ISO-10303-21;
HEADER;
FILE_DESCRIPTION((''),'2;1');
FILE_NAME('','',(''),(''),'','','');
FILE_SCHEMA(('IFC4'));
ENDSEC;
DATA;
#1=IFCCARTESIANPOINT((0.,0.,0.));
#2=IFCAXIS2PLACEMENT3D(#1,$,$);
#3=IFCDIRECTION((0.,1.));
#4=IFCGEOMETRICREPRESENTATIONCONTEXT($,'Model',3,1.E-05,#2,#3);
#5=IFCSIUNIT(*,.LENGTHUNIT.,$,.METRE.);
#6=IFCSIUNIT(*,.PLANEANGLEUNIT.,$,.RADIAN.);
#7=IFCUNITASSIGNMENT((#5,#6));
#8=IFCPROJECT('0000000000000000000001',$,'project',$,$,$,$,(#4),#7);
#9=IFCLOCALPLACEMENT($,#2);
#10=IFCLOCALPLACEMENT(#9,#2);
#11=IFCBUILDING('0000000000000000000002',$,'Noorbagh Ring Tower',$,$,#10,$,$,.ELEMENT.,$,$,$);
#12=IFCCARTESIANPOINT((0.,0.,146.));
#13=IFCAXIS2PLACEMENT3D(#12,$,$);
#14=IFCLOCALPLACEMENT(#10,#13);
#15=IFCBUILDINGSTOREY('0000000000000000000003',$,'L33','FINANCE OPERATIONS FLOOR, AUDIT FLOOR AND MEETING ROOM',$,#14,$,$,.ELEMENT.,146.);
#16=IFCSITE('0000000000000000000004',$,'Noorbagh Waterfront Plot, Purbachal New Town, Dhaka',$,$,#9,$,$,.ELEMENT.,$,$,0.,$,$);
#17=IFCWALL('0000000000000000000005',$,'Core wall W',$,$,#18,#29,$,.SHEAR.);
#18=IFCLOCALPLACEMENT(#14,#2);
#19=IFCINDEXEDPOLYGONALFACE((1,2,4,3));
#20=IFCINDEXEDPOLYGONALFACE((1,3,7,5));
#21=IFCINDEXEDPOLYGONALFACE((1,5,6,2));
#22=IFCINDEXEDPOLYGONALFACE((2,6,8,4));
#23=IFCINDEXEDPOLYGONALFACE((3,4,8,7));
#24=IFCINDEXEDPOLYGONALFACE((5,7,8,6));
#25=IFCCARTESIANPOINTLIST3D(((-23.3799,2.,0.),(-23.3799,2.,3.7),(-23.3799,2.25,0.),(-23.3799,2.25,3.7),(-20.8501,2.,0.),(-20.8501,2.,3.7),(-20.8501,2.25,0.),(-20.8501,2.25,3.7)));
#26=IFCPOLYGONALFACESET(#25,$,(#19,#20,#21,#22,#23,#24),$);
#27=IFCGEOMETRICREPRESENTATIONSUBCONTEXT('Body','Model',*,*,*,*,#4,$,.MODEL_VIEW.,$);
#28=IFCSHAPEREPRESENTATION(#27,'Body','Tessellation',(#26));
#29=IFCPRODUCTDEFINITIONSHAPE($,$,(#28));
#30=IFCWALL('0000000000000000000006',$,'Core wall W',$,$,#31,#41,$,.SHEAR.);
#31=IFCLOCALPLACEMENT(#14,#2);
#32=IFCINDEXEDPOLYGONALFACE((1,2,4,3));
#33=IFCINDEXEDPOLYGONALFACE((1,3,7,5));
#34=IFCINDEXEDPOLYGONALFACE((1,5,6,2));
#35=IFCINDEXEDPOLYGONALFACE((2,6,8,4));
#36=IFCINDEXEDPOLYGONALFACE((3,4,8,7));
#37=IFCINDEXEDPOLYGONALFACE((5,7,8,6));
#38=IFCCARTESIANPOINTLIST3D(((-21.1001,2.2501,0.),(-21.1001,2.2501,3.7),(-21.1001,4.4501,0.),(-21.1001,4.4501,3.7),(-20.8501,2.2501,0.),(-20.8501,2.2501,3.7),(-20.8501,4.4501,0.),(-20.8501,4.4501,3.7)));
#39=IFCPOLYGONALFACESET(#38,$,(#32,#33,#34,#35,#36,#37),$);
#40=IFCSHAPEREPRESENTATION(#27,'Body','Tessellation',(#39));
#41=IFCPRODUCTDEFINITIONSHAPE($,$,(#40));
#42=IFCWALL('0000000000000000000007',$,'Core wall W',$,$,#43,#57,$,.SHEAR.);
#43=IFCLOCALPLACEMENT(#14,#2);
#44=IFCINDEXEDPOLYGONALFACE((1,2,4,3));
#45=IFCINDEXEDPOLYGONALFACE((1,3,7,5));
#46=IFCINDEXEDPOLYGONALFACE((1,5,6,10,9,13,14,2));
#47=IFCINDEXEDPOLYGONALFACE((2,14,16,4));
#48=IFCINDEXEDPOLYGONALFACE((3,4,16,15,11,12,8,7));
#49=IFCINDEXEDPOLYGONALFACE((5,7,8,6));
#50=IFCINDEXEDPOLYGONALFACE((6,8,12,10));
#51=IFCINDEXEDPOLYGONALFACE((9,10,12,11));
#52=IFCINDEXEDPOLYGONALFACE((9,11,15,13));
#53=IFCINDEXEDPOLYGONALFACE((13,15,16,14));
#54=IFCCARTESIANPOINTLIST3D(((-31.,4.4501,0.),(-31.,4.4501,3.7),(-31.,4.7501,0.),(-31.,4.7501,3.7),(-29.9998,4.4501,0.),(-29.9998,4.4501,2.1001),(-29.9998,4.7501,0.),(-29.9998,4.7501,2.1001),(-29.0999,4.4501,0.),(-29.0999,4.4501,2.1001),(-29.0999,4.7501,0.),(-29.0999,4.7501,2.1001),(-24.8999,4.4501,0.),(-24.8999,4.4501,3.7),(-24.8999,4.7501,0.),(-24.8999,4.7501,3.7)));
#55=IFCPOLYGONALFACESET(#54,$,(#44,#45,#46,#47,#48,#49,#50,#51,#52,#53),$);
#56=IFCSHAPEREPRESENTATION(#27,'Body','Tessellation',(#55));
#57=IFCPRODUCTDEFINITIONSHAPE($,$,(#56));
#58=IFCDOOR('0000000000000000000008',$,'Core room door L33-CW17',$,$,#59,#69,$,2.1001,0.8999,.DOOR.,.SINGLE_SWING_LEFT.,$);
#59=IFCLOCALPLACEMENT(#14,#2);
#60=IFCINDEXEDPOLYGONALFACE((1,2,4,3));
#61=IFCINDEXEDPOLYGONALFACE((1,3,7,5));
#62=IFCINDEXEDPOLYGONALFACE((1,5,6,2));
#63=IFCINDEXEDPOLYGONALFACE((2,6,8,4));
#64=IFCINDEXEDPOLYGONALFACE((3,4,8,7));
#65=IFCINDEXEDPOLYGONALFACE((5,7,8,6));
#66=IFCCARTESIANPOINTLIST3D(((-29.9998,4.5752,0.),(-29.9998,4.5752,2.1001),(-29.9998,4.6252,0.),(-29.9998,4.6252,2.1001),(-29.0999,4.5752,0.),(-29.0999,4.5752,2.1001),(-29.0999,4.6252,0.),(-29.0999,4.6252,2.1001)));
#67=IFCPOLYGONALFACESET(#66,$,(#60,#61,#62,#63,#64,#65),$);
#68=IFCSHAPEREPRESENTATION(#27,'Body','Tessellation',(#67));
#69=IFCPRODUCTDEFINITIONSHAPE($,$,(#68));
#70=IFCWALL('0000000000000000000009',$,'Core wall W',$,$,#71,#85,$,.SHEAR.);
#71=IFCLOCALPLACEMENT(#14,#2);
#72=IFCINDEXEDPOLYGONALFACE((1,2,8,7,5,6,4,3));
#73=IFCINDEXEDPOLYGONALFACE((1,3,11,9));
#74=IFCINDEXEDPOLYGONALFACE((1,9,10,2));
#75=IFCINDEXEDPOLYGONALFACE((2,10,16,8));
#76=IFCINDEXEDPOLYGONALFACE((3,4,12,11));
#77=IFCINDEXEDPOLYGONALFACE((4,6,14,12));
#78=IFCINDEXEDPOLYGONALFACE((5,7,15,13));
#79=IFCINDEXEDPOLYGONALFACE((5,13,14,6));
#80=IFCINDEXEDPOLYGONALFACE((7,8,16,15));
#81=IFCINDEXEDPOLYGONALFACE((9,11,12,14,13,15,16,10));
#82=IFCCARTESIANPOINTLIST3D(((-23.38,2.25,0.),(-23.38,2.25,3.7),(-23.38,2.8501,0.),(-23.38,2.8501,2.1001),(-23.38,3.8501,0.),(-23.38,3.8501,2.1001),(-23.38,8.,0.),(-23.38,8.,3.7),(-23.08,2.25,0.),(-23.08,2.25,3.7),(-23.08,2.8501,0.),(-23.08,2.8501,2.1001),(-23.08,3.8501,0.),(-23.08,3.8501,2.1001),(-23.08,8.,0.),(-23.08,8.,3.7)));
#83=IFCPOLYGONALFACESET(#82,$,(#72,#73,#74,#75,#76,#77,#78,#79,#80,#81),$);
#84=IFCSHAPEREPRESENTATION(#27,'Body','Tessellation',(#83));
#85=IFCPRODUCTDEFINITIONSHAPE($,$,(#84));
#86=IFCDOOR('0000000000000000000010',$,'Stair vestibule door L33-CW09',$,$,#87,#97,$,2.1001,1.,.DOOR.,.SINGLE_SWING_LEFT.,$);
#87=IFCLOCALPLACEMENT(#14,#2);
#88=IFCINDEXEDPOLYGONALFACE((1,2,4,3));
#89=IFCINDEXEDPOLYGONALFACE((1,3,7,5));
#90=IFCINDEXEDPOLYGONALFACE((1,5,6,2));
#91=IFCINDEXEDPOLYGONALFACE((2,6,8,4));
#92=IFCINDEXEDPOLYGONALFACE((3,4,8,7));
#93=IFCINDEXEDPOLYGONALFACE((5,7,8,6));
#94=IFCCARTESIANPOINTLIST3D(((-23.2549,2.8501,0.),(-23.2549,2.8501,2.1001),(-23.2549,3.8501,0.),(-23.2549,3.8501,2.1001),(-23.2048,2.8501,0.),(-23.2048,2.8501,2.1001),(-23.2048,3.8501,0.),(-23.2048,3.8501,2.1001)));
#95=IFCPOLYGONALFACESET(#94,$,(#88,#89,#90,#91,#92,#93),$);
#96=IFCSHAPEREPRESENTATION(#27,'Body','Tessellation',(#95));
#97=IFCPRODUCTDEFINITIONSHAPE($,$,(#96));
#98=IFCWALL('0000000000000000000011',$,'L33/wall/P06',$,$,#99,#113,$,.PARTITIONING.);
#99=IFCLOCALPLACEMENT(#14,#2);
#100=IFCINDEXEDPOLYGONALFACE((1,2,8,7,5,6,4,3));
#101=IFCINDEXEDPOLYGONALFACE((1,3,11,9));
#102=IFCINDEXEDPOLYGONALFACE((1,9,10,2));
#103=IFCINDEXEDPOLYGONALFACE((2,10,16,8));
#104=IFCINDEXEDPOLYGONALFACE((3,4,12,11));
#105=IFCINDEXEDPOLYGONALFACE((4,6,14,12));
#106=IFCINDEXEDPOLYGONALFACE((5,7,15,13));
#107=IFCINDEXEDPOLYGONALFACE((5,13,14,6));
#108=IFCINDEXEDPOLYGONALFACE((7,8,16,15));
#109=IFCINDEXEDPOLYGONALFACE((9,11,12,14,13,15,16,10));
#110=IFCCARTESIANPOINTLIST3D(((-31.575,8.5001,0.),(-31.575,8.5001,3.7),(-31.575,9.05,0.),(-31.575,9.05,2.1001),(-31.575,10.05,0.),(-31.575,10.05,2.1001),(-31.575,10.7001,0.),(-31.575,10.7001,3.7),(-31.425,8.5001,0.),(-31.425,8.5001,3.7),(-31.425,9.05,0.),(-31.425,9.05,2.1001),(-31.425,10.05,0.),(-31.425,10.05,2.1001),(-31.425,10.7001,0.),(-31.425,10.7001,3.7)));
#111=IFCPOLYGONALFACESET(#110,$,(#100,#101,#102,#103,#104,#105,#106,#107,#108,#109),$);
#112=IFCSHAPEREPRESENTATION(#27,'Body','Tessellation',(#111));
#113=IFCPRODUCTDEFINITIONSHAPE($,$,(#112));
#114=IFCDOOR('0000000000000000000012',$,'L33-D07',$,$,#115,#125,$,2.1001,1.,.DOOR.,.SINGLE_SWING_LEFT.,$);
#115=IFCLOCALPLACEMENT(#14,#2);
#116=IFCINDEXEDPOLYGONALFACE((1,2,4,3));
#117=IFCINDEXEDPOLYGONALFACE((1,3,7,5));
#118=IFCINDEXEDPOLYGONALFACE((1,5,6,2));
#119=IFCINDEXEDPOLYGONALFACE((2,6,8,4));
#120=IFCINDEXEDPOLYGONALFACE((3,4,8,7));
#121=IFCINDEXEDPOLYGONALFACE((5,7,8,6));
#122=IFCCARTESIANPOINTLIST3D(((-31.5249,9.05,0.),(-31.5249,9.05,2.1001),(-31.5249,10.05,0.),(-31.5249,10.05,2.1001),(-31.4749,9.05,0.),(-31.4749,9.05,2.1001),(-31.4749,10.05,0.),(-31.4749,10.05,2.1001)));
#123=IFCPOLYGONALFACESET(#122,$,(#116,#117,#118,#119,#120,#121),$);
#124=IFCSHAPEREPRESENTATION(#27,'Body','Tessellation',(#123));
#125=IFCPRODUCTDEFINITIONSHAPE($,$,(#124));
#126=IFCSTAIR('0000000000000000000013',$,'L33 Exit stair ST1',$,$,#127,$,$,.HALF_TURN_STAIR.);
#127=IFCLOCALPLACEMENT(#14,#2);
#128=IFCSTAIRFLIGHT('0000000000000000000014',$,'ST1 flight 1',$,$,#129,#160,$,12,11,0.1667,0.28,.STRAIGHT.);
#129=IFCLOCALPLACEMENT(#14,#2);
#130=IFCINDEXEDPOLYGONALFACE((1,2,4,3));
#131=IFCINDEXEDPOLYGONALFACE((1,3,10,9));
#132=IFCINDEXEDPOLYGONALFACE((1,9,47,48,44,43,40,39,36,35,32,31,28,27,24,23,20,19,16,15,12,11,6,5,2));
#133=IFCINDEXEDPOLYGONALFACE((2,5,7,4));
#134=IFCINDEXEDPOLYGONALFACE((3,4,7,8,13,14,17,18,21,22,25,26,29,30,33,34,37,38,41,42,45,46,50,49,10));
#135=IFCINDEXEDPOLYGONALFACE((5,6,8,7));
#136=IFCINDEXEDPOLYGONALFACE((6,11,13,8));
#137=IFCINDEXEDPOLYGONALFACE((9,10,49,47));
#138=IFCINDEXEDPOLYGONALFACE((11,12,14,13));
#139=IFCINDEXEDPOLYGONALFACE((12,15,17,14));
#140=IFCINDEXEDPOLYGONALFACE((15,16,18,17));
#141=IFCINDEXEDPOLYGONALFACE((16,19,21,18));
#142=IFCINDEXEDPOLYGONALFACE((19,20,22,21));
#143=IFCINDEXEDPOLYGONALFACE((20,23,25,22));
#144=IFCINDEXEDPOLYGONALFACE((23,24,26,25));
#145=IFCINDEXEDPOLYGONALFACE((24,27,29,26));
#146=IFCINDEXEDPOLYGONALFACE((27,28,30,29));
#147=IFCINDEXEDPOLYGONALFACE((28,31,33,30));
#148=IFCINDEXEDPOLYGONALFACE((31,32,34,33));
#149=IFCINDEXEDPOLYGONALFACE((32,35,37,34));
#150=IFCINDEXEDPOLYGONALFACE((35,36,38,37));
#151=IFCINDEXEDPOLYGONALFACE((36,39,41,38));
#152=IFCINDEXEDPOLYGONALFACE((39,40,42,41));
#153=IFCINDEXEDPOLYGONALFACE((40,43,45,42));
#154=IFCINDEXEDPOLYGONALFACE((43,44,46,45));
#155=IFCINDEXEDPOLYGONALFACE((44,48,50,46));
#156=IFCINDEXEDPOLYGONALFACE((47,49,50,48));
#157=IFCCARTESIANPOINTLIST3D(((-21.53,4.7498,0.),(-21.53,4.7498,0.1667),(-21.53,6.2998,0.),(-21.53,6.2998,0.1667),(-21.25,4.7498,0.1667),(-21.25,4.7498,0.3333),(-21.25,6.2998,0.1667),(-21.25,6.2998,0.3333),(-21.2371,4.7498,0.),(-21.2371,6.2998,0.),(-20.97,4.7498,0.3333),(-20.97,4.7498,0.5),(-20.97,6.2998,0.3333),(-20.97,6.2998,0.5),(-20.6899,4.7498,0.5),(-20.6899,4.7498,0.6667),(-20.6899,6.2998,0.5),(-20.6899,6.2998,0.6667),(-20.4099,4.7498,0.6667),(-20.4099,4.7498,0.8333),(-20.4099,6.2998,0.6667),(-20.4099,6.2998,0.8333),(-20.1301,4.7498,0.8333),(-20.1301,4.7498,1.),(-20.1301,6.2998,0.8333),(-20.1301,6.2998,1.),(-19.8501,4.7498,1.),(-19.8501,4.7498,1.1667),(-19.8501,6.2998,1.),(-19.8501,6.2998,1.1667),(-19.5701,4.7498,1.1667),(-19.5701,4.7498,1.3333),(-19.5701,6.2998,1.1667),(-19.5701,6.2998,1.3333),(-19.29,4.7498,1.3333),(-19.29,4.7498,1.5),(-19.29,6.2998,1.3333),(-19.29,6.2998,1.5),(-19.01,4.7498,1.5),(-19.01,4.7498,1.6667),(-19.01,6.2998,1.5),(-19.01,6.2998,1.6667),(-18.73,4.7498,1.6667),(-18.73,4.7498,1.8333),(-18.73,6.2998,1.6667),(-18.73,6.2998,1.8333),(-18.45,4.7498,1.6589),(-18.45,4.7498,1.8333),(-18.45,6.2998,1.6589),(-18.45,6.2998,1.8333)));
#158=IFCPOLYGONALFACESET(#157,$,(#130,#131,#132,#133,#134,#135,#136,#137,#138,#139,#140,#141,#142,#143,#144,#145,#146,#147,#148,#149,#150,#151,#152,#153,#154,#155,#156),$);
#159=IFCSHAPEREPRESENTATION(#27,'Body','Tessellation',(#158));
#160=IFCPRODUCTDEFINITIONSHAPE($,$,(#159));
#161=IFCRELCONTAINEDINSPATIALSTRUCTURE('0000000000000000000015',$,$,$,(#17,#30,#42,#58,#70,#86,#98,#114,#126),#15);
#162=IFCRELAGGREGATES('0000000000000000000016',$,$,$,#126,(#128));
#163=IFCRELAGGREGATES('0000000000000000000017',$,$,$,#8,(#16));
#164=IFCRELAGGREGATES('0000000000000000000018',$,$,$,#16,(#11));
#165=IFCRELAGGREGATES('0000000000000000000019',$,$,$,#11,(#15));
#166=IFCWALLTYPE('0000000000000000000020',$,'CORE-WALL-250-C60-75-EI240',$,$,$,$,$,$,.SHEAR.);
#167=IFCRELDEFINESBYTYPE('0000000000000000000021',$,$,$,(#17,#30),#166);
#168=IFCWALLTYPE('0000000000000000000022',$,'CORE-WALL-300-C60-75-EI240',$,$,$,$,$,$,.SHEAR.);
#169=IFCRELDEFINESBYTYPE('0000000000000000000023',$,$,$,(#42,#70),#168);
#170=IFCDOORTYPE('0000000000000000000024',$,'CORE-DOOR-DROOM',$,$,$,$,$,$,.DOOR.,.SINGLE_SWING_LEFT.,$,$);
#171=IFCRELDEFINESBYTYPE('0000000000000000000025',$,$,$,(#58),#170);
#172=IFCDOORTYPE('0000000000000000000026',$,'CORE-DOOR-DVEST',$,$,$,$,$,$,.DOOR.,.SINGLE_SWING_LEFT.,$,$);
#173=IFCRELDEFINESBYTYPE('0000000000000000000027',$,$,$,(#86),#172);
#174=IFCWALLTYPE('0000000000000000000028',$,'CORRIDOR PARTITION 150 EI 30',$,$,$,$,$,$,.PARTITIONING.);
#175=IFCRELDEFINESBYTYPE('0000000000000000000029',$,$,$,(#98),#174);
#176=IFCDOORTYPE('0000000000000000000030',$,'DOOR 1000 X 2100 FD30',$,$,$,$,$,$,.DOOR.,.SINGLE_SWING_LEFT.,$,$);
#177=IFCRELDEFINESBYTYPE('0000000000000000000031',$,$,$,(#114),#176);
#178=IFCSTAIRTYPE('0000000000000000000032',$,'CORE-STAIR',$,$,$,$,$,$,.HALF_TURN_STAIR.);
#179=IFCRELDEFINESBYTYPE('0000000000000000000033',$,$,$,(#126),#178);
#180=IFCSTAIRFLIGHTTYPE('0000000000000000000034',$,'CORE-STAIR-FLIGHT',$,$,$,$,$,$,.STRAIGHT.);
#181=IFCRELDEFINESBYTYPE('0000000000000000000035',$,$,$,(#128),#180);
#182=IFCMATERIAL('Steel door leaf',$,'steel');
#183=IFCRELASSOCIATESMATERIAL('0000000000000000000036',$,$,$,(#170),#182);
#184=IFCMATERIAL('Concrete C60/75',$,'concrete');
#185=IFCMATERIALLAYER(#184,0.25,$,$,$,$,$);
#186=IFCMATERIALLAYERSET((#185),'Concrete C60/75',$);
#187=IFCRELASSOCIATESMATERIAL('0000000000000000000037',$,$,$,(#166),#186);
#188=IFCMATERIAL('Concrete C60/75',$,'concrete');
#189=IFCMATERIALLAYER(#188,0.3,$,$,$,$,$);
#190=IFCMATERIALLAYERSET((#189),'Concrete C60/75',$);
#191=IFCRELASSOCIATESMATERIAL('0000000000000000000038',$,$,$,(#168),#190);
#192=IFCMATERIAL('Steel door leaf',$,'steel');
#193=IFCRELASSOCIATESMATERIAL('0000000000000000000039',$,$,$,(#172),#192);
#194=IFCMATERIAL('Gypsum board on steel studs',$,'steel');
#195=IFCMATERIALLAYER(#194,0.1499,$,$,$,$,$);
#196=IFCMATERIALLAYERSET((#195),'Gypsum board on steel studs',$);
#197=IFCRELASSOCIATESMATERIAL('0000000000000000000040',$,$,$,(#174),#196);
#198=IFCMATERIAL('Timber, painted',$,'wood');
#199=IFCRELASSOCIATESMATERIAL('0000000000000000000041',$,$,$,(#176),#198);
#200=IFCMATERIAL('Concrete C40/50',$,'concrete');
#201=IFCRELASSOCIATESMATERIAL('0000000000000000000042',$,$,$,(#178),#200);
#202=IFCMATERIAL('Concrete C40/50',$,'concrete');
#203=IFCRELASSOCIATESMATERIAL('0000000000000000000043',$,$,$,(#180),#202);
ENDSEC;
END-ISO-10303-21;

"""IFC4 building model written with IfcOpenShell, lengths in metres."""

from ifc_helpers import new_model, si_unit, direction, frame, frame_2d, origin, place, context, subcontext, project, spatial, polyline, rectangle, outline, extrude, material, layer, layer_set, type_object, element, fill, aggregate, save


model = new_model("IFC4")

# Units and contexts
model_context = context("Model", 3, precision=1e-05, world=origin(), true_north=direction((0.0, 1.0)))
body_context = subcontext(model_context, "Body", "Model", "MODEL_VIEW")
ifc_project = project(units=[si_unit("LENGTHUNIT", "METRE"), si_unit("PLANEANGLEUNIT", "RADIAN")], contexts=[model_context])

# Site, building, storey
site_placement = place(None, origin())
site = spatial("IfcSite", under=ifc_project, at=site_placement, Name="Noorbagh Waterfront Plot, Purbachal New Town, Dhaka", CompositionType="ELEMENT", RefElevation=0.0)
building_placement = place(site_placement, origin())
building = spatial("IfcBuilding", under=site, at=building_placement, Name="Noorbagh Ring Tower", CompositionType="ELEMENT")
storey_placement = place(building_placement, frame((0.0, 0.0, 146.0)))
storey = spatial("IfcBuildingStorey", under=building, at=storey_placement, Name="L33", Description="FINANCE OPERATIONS FLOOR, AUDIT FLOOR AND MEETING ROOM", CompositionType="ELEMENT", Elevation=146.0)

# Shared definitions
ifc_material_1 = material(Name="Steel door leaf", Category="steel")
door_type_1 = type_object("IfcDoorType", Name="CORE-DOOR-DROOM", OperationType="SINGLE_SWING_LEFT", PredefinedType="DOOR", material=ifc_material_1)

# Walls
ifc_material_2 = material(Name="Concrete C60/75", Category="concrete")
ifc_layer_1 = layer(ifc_material_2, 0.25)
ifc_layer_set_1 = layer_set([ifc_layer_1], Name="Concrete C60/75")
wall_type_1 = type_object("IfcWallType", Name="CORE-WALL-250-C60-75-EI240", PredefinedType="SHEAR", material=ifc_layer_set_1)
wall_1_placement = place(storey_placement, frame((-20.8501, 2.125, 0.0), z_axis=(0.0, 0.0, 1.0), x_axis=(-1.0, 0.0, 0.0)))
element("IfcWall", 1, at=wall_1_placement, inside=storey, type_object=wall_type_1, Name="Core wall W", PredefinedType="SHEAR", context=body_context, shape_type="SweptSolid", body=[
    extrude(rectangle(XDim=2.5298, YDim=0.25, at=frame_2d((1.2649, 0.0))), origin(), (0.0, 0.0, 1.0), 3.7),
])
wall_2_placement = place(storey_placement, frame((-20.9751, 2.25, 0.0), z_axis=(0.0, 0.0, 1.0), x_axis=(0.0, 1.0, 0.0)))
element("IfcWall", 2, at=wall_2_placement, inside=storey, type_object=wall_type_1, Name="Core wall W", PredefinedType="SHEAR", context=body_context, shape_type="SweptSolid", body=[
    extrude(rectangle(XDim=2.2, YDim=0.25, at=frame_2d((1.1001, 0.0))), origin(), (0.0, 0.0, 1.0), 3.7),
])

# Walls, openings, doors
ifc_material_3 = material(Name="Concrete C60/75", Category="concrete")
ifc_layer_2 = layer(ifc_material_3, 0.3)
ifc_layer_set_2 = layer_set([ifc_layer_2], Name="Concrete C60/75")
wall_type_2 = type_object("IfcWallType", Name="CORE-WALL-300-C60-75-EI240", PredefinedType="SHEAR", material=ifc_layer_set_2)
wall_3_placement = place(storey_placement, frame((-24.8999, 4.6001, 0.0), z_axis=(0.0, 0.0, 1.0), x_axis=(-1.0, 0.0, 0.0)))
wall_3 = element("IfcWall", 3, at=wall_3_placement, inside=storey, type_object=wall_type_2, Name="Core wall W", PredefinedType="SHEAR", context=body_context, shape_type="SweptSolid", body=[
    extrude(rectangle(XDim=6.1001, YDim=0.3, at=frame_2d((3.05, 0.0))), origin(), (0.0, 0.0, 1.0), 3.7),
])
opening_1_placement = place(wall_3_placement, frame((4.2, 0.0, 0.0)))
opening_1 = element("IfcOpeningElement", 4, at=opening_1_placement, cuts=wall_3, PredefinedType="OPENING", context=body_context, shape_type="SweptSolid", body=[
    extrude(rectangle(XDim=0.8999, YDim=2.1001, at=frame_2d((0.45, 1.05))), frame((0.0, 0.1602, 0.0), z_axis=(0.0, -1.0, 0.0), x_axis=(1.0, 0.0, 0.0)), (0.0, 0.0, 1.0), 0.3201),
])
door_1_placement = place(opening_1_placement, origin())
door_1 = element("IfcDoor", 5, at=door_1_placement, inside=storey, type_object=door_type_1, Name="Core room door L33-CW17", OperationType="SINGLE_SWING_LEFT", OverallHeight=2.1001, OverallWidth=0.8999, PredefinedType="DOOR", context=body_context, shape_type="SweptSolid", body=[
    extrude(rectangle(XDim=0.8999, YDim=2.1001, at=frame_2d((0.45, 1.05))), frame((0.0, 0.0249, 0.0), z_axis=(0.0, -1.0, 0.0), x_axis=(1.0, 0.0, 0.0)), (0.0, 0.0, 1.0), 0.05),
])
fill(opening_1, door_1)
wall_4_placement = place(storey_placement, frame((-23.23, 2.25, 0.0), z_axis=(0.0, 0.0, 1.0), x_axis=(0.0, 1.0, 0.0)))
wall_4 = element("IfcWall", 6, at=wall_4_placement, inside=storey, type_object=wall_type_2, Name="Core wall W", PredefinedType="SHEAR", context=body_context, shape_type="SweptSolid", body=[
    extrude(rectangle(XDim=5.75, YDim=0.3, at=frame_2d((2.875, 0.0))), origin(), (0.0, 0.0, 1.0), 3.7),
])
opening_2_placement = place(wall_4_placement, frame((0.6001, 0.0, 0.0)))
opening_2 = element("IfcOpeningElement", 7, at=opening_2_placement, cuts=wall_4, PredefinedType="OPENING", context=body_context, shape_type="SweptSolid", body=[
    extrude(rectangle(XDim=1.0, YDim=2.1001, at=frame_2d((0.5, 1.05))), frame((0.0, 0.1602, 0.0), z_axis=(0.0, -1.0, 0.0), x_axis=(1.0, 0.0, 0.0)), (0.0, 0.0, 1.0), 0.3201),
])
ifc_material_4 = material(Name="Steel door leaf", Category="steel")
door_type_2 = type_object("IfcDoorType", Name="CORE-DOOR-DVEST", OperationType="SINGLE_SWING_LEFT", PredefinedType="DOOR", material=ifc_material_4)
door_2_placement = place(opening_2_placement, origin())
door_2 = element("IfcDoor", 8, at=door_2_placement, inside=storey, type_object=door_type_2, Name="Stair vestibule door L33-CW09", OperationType="SINGLE_SWING_LEFT", OverallHeight=2.1001, OverallWidth=1.0, PredefinedType="DOOR", context=body_context, shape_type="SweptSolid", body=[
    extrude(rectangle(XDim=1.0, YDim=2.1001, at=frame_2d((0.5, 1.05))), frame((0.0, 0.0249, 0.0), z_axis=(0.0, -1.0, 0.0), x_axis=(1.0, 0.0, 0.0)), (0.0, 0.0, 1.0), 0.05),
])
fill(opening_2, door_2)
ifc_material_5 = material(Name="Gypsum board on steel studs", Category="steel")
ifc_layer_3 = layer(ifc_material_5, 0.1499)
ifc_layer_set_3 = layer_set([ifc_layer_3], Name="Gypsum board on steel studs")
wall_type_3 = type_object("IfcWallType", Name="CORRIDOR PARTITION 150 EI 30", PredefinedType="PARTITIONING", material=ifc_layer_set_3)
wall_5_placement = place(storey_placement, frame((-31.5, 8.5, 0.0), z_axis=(0.0, 0.0, 1.0), x_axis=(0.0, 1.0, 0.0)))
wall_5 = element("IfcWall", 9, at=wall_5_placement, inside=storey, type_object=wall_type_3, Name="L33/wall/P06", PredefinedType="PARTITIONING", context=body_context, shape_type="SweptSolid", body=[
    extrude(rectangle(XDim=2.2, YDim=0.1499, at=frame_2d((1.1001, 0.0))), origin(), (0.0, 0.0, 1.0), 3.7),
])
opening_3_placement = place(wall_5_placement, frame((0.55, 0.0, 0.0)))
opening_3 = element("IfcOpeningElement", 10, at=opening_3_placement, cuts=wall_5, PredefinedType="OPENING", context=body_context, shape_type="SweptSolid", body=[
    extrude(rectangle(XDim=1.0, YDim=2.1001, at=frame_2d((0.5, 1.05))), frame((0.0, 0.085, 0.0), z_axis=(0.0, -1.0, 0.0), x_axis=(1.0, 0.0, 0.0)), (0.0, 0.0, 1.0), 0.1699),
])
ifc_material_6 = material(Name="Timber, painted", Category="wood")
door_type_3 = type_object("IfcDoorType", Name="DOOR 1000 X 2100 FD30", OperationType="SINGLE_SWING_LEFT", PredefinedType="DOOR", material=ifc_material_6)
door_3_placement = place(opening_3_placement, origin())
door_3 = element("IfcDoor", 11, at=door_3_placement, inside=storey, type_object=door_type_3, Name="L33-D07", OperationType="SINGLE_SWING_LEFT", OverallHeight=2.1001, OverallWidth=1.0, PredefinedType="DOOR", context=body_context, shape_type="SweptSolid", body=[
    extrude(rectangle(XDim=1.0, YDim=2.1001, at=frame_2d((0.5, 1.05))), frame((0.0, 0.0249, 0.0), z_axis=(0.0, -1.0, 0.0), x_axis=(1.0, 0.0, 0.0)), (0.0, 0.0, 1.0), 0.05),
])
fill(opening_3, door_3)

# Stair, stair flight
ifc_material_7 = material(Name="Concrete C40/50", Category="concrete")
stair_type = type_object("IfcStairType", Name="CORE-STAIR", PredefinedType="HALF_TURN_STAIR", material=ifc_material_7)
stair_placement = place(storey_placement, origin())
stair = element("IfcStair", 12, at=stair_placement, inside=storey, type_object=stair_type, Name="L33 Exit stair ST1", PredefinedType="HALF_TURN_STAIR")
ifc_material_8 = material(Name="Concrete C40/50", Category="concrete")
stair_flight_type = type_object("IfcStairFlightType", Name="CORE-STAIR-FLIGHT", PredefinedType="STRAIGHT", material=ifc_material_8)
stair_flight_placement = place(storey_placement, frame((-21.53, 5.5249, 0.0), z_axis=(0.0, 0.0, 1.0), x_axis=(1.0, 0.0, 0.0)))
stair_flight = element("IfcStairFlight", 13, at=stair_flight_placement, type_object=stair_flight_type, Name="ST1 flight 1", NumberOfRisers=12, NumberOfTreads=11, PredefinedType="STRAIGHT", RiserHeight=0.1667, TreadLength=0.28, context=body_context, shape_type="SweptSolid", body=[
    extrude(outline(polyline([(0.0, 0.0), (0.0, 0.1667), (0.28, 0.1667), (0.28, 0.3333), (0.5601, 0.3333), (0.5601, 0.5), (0.8401, 0.5), (0.8401, 0.6667), (1.1201, 0.6667), (1.1201, 0.8333), (1.3999, 0.8333), (1.3999, 1.0), (1.6799, 1.0), (1.6799, 1.1667), (1.96, 1.1667), (1.96, 1.3333), (2.24, 1.3333), (2.24, 1.5), (2.52, 1.5), (2.52, 1.6667), (2.8, 1.6667), (2.8, 1.8333), (3.0801, 1.8333), (3.0801, 2.0), (3.0801, 1.6589), (0.293, 0.0), (0.0, 0.0)])), frame((0.0, 0.7749, 0.0), z_axis=(0.0, -1.0, 0.0), x_axis=(1.0, 0.0, 0.0)), (0.0, 0.0, 1.0), 1.55),
])
aggregate(stair, [stair_flight])

save(model, "model.ifc")
